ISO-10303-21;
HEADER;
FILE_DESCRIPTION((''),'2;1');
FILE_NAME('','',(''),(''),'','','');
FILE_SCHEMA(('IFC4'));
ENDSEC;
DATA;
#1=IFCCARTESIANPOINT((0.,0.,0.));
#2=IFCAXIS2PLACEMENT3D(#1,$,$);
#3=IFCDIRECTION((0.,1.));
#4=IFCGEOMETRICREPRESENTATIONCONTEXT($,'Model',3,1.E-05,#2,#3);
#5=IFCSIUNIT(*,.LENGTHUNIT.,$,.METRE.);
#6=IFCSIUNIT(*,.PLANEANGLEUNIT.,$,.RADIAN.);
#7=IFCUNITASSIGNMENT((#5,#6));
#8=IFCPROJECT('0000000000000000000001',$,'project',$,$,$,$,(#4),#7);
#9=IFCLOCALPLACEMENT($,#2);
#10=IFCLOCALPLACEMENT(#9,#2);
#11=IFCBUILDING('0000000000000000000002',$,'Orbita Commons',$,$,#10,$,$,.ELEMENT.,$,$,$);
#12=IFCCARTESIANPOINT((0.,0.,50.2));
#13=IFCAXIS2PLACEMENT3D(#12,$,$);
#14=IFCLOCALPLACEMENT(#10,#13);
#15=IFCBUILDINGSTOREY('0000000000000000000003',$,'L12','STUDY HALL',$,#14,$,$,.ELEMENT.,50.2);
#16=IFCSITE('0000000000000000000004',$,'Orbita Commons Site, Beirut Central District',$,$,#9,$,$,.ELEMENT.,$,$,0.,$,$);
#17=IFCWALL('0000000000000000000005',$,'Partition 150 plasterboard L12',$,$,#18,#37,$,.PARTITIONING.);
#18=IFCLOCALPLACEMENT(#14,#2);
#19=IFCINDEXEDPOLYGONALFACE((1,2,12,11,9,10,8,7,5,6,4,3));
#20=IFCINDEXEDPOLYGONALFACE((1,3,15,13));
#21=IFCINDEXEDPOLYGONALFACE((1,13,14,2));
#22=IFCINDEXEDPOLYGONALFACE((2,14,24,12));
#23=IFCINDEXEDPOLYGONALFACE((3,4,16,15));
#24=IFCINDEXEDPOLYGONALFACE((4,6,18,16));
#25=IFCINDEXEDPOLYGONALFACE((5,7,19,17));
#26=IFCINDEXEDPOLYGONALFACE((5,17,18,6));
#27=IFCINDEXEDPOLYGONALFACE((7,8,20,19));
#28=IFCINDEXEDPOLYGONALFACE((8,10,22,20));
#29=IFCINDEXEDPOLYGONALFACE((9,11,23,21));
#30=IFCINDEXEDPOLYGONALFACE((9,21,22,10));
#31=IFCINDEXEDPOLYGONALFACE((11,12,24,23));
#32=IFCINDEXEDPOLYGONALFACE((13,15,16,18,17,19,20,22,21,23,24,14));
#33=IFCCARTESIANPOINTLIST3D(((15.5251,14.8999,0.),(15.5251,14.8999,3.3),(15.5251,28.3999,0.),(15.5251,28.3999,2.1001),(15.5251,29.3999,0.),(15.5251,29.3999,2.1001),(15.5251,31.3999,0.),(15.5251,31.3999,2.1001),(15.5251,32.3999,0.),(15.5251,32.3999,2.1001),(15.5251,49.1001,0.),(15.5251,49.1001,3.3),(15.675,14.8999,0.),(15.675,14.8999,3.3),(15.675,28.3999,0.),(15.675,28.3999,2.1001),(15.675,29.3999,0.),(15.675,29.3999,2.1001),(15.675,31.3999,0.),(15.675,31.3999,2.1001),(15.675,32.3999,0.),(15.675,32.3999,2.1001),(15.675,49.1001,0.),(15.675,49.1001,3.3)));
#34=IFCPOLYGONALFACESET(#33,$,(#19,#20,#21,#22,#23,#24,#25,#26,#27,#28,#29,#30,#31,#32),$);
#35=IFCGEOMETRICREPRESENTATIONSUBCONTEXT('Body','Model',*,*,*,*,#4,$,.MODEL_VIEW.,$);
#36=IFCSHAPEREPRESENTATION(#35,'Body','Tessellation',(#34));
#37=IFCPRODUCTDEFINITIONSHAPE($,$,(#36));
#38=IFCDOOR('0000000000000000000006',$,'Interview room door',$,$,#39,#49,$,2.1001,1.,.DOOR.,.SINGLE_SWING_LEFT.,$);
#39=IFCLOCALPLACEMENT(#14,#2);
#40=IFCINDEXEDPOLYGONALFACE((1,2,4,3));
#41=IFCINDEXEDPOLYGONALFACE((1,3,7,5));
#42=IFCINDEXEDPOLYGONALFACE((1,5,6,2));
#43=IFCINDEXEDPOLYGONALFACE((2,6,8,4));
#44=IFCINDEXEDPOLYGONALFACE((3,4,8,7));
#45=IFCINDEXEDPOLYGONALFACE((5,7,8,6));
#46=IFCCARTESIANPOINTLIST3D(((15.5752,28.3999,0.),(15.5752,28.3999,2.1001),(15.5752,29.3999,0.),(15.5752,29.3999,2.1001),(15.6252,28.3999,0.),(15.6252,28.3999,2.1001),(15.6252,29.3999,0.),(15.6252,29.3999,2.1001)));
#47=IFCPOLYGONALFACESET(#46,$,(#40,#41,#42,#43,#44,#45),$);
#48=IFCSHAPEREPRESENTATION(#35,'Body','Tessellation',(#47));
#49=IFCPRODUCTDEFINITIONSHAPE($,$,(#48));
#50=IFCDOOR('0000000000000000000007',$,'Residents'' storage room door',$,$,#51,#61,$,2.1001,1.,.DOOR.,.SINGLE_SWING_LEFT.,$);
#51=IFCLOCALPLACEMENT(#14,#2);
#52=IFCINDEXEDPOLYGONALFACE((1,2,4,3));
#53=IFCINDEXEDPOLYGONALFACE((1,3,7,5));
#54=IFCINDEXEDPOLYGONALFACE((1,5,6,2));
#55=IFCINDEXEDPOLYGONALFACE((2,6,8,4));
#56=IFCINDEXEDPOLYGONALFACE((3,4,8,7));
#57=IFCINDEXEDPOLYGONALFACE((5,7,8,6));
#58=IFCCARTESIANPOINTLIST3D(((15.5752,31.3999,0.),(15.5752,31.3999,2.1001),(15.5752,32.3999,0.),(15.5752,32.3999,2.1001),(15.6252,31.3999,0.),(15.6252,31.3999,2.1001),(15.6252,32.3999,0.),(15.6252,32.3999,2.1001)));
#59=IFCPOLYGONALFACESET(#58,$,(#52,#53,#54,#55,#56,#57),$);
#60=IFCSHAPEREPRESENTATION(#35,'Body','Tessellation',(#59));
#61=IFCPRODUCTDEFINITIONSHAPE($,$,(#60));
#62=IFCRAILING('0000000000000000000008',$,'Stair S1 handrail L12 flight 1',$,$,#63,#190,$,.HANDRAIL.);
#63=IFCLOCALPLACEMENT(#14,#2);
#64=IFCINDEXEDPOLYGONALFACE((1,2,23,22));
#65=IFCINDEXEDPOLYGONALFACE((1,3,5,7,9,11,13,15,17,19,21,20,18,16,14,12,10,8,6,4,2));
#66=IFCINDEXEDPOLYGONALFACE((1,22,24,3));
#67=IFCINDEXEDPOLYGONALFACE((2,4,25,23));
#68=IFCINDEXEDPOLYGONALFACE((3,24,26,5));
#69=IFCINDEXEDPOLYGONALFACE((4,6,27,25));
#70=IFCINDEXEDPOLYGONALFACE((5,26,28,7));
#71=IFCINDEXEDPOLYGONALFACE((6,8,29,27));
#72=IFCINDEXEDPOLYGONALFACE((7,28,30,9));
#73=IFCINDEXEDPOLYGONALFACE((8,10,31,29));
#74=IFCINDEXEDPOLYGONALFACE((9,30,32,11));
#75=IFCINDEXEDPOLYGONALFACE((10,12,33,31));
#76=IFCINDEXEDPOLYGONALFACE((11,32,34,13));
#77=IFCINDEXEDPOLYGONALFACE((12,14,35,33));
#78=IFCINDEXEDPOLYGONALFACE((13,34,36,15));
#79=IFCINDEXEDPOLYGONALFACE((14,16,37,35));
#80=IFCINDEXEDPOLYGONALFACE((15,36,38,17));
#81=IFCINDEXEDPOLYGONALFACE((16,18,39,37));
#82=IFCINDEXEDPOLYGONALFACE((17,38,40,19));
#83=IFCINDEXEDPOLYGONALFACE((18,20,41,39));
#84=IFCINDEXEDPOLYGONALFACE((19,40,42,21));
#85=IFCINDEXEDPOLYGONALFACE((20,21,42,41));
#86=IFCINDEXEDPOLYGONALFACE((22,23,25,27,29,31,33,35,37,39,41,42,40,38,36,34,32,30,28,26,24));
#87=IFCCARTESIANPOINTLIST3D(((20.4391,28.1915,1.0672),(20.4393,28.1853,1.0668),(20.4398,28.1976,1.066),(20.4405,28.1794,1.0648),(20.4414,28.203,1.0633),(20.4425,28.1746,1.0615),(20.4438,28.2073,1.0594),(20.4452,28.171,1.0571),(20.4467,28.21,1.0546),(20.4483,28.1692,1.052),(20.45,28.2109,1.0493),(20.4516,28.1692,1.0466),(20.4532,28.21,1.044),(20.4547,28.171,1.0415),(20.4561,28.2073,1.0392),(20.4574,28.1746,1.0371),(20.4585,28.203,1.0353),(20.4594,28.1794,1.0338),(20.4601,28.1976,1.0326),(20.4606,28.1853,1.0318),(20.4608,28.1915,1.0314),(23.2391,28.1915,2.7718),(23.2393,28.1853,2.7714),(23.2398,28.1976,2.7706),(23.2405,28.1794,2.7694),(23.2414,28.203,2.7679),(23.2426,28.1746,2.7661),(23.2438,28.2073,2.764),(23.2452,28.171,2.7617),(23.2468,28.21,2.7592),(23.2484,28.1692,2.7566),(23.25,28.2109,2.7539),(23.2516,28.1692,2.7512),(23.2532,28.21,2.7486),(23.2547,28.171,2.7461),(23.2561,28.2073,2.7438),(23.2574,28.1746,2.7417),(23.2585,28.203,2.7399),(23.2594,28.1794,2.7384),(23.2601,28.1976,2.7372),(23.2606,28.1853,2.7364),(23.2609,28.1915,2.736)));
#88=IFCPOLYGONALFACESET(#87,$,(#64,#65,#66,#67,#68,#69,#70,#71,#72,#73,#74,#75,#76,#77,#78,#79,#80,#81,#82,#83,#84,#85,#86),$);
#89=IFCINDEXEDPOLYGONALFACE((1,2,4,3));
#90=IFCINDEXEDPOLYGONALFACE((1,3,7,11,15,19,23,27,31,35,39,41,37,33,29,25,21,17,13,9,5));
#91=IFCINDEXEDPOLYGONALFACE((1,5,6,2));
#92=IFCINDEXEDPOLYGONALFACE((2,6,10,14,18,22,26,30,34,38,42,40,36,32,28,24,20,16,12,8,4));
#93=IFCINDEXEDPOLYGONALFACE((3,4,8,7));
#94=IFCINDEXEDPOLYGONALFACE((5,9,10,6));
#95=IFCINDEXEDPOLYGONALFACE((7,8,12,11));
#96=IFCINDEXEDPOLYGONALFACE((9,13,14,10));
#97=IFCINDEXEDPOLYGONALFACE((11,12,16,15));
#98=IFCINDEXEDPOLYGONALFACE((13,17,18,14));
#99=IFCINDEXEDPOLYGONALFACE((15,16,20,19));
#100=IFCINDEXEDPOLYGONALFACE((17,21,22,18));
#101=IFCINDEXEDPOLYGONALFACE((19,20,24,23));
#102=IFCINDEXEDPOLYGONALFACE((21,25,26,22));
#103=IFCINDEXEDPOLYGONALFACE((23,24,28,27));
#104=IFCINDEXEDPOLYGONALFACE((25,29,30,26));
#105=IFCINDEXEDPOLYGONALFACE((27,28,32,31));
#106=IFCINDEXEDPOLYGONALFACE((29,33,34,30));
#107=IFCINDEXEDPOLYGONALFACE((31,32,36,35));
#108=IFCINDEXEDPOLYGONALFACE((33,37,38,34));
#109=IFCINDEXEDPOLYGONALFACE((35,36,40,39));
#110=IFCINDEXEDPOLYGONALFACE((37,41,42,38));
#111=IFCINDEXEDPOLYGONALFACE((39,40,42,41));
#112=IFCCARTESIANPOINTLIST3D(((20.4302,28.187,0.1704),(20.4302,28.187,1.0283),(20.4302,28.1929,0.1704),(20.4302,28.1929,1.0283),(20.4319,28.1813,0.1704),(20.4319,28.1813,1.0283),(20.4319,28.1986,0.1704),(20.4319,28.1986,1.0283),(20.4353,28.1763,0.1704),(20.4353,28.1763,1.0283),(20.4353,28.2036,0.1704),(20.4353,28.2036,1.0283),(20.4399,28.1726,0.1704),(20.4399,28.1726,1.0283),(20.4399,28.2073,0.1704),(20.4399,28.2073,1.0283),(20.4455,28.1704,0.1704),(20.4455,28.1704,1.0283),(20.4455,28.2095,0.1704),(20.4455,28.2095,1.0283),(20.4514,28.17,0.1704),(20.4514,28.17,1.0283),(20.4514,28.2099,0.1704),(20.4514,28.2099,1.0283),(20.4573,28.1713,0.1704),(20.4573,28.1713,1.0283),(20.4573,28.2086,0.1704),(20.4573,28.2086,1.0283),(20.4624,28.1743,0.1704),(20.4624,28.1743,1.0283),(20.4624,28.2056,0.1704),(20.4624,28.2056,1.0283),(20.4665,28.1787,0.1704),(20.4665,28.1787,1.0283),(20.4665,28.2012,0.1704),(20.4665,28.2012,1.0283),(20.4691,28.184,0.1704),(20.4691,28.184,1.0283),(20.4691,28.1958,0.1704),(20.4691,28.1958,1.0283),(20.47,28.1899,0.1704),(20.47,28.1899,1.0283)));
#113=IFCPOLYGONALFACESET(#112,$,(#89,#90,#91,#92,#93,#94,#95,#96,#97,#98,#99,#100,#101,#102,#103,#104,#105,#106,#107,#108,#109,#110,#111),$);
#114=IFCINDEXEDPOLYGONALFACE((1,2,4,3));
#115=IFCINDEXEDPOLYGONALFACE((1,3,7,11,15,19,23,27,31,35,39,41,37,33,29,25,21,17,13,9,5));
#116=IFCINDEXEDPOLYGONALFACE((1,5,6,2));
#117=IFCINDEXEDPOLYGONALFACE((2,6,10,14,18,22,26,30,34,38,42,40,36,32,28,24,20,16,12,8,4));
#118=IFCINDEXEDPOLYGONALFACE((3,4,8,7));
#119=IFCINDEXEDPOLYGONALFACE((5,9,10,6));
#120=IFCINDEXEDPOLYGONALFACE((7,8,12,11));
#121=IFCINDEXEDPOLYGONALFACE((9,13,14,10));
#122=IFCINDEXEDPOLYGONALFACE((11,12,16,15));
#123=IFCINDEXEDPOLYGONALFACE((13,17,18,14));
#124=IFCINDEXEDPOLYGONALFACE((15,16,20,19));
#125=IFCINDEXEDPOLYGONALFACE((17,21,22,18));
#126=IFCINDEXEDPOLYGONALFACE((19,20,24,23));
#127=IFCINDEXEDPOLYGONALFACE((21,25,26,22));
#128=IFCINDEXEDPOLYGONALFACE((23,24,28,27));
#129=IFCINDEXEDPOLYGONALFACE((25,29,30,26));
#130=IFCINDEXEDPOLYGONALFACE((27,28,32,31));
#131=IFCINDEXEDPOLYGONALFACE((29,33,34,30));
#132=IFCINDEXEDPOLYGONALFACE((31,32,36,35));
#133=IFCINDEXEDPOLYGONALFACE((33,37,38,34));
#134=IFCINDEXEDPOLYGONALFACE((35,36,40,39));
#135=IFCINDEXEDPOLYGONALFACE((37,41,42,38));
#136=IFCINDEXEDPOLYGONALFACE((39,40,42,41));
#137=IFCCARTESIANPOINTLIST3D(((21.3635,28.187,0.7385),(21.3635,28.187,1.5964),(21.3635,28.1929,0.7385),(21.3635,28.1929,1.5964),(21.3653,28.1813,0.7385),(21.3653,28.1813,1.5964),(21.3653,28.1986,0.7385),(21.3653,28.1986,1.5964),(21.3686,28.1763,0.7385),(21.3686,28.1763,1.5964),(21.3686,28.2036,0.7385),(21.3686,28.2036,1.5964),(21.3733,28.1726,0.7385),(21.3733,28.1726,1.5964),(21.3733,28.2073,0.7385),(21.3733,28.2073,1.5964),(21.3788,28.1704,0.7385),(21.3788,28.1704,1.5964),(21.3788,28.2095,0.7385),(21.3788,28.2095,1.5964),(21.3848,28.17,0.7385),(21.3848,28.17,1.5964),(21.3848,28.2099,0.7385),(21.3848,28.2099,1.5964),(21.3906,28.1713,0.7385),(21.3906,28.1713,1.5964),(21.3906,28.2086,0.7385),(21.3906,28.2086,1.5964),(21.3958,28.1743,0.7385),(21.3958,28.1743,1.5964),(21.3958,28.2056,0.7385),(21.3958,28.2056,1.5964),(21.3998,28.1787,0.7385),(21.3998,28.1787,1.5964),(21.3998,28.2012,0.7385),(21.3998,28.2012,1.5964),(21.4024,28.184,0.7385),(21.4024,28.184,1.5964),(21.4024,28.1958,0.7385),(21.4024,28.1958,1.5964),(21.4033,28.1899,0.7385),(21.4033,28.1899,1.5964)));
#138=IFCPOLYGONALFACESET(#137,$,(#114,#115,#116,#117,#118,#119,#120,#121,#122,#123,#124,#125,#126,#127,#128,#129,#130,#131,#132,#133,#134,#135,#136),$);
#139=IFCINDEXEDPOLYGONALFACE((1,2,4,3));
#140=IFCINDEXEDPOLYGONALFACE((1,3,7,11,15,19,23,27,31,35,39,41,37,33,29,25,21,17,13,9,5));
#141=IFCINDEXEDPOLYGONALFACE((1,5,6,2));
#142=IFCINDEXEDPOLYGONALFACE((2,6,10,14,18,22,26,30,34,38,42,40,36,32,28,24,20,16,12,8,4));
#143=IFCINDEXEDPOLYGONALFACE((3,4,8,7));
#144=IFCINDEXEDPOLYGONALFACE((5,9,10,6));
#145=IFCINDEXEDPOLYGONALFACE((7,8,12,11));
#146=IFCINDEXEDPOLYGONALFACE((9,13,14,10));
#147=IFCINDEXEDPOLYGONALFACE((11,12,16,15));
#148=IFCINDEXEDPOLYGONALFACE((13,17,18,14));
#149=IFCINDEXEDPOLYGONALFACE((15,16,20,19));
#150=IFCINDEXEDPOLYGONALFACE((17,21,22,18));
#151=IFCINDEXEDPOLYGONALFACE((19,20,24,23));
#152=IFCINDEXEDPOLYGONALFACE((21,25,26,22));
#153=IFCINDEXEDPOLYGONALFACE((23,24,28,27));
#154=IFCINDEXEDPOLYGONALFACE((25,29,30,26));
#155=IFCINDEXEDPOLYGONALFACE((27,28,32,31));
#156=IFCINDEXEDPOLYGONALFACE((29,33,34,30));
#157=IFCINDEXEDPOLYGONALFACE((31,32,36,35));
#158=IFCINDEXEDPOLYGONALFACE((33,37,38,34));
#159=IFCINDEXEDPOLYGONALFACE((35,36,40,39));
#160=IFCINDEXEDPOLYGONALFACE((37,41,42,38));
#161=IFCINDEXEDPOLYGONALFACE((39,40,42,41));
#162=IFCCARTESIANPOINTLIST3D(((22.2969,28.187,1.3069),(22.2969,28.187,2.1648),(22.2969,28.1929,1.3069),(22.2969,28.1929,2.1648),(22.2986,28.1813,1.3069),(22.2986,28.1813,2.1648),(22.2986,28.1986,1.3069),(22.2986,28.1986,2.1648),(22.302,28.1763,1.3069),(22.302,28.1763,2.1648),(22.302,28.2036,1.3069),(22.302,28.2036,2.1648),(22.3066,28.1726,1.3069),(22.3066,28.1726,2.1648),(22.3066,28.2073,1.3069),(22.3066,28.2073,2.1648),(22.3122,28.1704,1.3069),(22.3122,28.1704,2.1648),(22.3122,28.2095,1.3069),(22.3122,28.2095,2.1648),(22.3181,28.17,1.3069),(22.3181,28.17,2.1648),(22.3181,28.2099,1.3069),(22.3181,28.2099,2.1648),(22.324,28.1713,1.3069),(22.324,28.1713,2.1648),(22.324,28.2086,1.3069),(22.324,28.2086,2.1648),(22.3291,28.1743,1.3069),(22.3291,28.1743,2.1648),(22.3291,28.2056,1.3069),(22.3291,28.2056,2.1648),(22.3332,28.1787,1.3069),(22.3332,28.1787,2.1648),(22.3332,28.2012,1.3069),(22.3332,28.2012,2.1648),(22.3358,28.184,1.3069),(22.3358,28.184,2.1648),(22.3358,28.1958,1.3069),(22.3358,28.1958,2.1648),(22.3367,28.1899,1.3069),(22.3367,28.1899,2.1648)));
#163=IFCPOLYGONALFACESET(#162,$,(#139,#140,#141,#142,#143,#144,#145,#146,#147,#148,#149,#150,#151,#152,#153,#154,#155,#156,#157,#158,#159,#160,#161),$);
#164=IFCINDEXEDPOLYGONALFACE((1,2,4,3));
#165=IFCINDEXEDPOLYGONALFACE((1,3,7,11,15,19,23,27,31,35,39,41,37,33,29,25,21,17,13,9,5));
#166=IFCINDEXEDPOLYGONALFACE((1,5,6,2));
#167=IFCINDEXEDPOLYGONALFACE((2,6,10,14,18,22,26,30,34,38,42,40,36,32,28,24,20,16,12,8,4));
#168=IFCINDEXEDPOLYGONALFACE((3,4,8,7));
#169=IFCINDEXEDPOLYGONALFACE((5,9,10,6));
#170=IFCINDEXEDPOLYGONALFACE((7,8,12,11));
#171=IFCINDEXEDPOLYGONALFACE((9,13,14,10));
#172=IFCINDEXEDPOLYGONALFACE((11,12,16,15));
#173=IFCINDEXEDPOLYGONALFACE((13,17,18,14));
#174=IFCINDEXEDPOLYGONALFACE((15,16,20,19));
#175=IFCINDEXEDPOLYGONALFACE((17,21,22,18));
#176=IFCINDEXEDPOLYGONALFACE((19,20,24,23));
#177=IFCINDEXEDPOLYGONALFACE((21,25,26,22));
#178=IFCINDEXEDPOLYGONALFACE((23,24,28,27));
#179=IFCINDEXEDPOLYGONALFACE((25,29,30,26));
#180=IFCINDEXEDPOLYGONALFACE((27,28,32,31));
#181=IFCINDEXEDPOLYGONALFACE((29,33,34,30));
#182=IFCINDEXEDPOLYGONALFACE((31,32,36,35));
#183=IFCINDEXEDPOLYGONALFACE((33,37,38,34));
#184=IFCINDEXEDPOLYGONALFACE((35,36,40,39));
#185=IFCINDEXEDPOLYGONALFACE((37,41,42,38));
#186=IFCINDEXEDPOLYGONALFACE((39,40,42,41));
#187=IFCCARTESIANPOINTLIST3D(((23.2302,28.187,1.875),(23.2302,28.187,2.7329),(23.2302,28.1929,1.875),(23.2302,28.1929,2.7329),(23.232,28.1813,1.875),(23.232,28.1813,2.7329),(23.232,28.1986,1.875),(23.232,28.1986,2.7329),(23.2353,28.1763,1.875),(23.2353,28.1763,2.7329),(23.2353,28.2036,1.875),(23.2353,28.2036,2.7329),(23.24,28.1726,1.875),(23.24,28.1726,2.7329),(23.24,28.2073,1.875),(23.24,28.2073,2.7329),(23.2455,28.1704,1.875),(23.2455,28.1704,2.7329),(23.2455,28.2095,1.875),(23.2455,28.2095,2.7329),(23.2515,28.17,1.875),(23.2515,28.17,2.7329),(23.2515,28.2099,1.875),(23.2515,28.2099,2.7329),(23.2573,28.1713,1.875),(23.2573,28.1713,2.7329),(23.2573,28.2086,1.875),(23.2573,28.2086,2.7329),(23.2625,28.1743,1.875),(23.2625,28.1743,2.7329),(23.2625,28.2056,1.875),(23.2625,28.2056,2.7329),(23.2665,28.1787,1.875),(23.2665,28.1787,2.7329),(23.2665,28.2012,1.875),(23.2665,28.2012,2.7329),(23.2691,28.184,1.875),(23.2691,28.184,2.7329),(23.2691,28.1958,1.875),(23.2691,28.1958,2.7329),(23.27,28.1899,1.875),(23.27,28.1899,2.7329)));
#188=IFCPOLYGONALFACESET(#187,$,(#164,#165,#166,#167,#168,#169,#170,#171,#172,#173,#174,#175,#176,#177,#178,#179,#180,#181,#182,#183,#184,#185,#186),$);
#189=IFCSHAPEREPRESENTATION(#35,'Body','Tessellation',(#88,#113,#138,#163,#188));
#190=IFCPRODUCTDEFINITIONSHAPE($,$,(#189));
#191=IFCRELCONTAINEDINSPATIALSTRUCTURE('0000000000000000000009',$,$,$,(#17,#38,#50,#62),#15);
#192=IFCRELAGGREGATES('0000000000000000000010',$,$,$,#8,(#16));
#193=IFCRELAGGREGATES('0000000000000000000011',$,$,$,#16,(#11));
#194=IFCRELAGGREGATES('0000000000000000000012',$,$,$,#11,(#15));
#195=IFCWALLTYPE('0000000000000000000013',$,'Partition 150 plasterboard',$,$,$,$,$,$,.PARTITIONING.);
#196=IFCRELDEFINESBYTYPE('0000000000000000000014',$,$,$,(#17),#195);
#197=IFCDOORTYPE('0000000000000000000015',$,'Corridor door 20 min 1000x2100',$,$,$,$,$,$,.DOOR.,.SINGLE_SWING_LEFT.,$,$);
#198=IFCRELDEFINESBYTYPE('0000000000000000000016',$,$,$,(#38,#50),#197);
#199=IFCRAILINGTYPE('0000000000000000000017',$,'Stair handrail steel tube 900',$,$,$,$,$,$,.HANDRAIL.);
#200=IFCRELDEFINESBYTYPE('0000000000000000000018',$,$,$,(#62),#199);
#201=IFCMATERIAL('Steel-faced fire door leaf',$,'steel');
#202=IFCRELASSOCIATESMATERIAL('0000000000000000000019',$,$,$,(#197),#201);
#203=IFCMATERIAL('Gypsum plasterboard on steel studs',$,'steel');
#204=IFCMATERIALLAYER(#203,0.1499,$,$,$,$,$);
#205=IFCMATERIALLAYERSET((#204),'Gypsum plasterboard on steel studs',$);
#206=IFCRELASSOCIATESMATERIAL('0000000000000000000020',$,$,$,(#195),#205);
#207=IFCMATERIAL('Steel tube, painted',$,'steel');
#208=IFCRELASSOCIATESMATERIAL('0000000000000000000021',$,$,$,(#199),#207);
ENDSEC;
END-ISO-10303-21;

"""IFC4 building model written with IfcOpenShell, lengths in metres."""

from ifc_helpers import new_model, si_unit, direction, frame, frame_2d, origin, origin_2d, place, context, subcontext, project, spatial, rectangle, circle, extrude, material, layer, layer_set, type_object, element, fill, save


model = new_model("IFC4")

# Units and contexts
model_context = context("Model", 3, precision=1e-05, world=origin(), true_north=direction((0.0, 1.0)))
body_context = subcontext(model_context, "Body", "Model", "MODEL_VIEW")
ifc_project = project(units=[si_unit("LENGTHUNIT", "METRE"), si_unit("PLANEANGLEUNIT", "RADIAN")], contexts=[model_context])

# Site, building, storey
site_placement = place(None, origin())
site = spatial("IfcSite", under=ifc_project, at=site_placement, Name="Orbita Commons Site, Beirut Central District", CompositionType="ELEMENT", RefElevation=0.0)
building_placement = place(site_placement, origin())
building = spatial("IfcBuilding", under=site, at=building_placement, Name="Orbita Commons", CompositionType="ELEMENT")
storey_placement = place(building_placement, frame((0.0, 0.0, 50.2)))
storey = spatial("IfcBuildingStorey", under=building, at=storey_placement, Name="L12", Description="STUDY HALL", CompositionType="ELEMENT", Elevation=50.2)

# Shared definitions
ifc_material_1 = material(Name="Steel-faced fire door leaf", Category="steel")
door_type_1 = type_object("IfcDoorType", Name="Corridor door 20 min 1000x2100", OperationType="SINGLE_SWING_LEFT", PredefinedType="DOOR", material=ifc_material_1)

# Wall, openings, doors
ifc_material_2 = material(Name="Gypsum plasterboard on steel studs", Category="steel")
ifc_layer_1 = layer(ifc_material_2, 0.1499)
ifc_layer_set_1 = layer_set([ifc_layer_1], Name="Gypsum plasterboard on steel studs")
wall_type_1 = type_object("IfcWallType", Name="Partition 150 plasterboard", PredefinedType="PARTITIONING", material=ifc_layer_set_1)
wall_1_placement = place(storey_placement, frame((15.6001, 14.8999, 0.0), z_axis=(0.0, 0.0, 1.0), x_axis=(0.0, 1.0, 0.0)))
wall_1 = element("IfcWall", 1, at=wall_1_placement, inside=storey, type_object=wall_type_1, Name="Partition 150 plasterboard L12", PredefinedType="PARTITIONING", context=body_context, shape_type="SweptSolid", body=[
    extrude(rectangle(XDim=34.2002, YDim=0.1499, at=frame_2d((17.1001, 0.0))), origin(), (0.0, 0.0, 1.0), 3.3),
])
opening_1_placement = place(wall_1_placement, frame((13.5, 0.0, 0.0)))
opening_1 = element("IfcOpeningElement", 2, at=opening_1_placement, cuts=wall_1, PredefinedType="OPENING", context=body_context, shape_type="SweptSolid", body=[
    extrude(rectangle(XDim=1.0, YDim=2.1001, at=frame_2d((0.5, 1.05))), frame((0.0, 0.085, 0.0), z_axis=(0.0, -1.0, 0.0), x_axis=(1.0, 0.0, 0.0)), (0.0, 0.0, 1.0), 0.1699),
])
opening_2_placement = place(wall_1_placement, frame((16.5, 0.0, 0.0)))
opening_2 = element("IfcOpeningElement", 3, at=opening_2_placement, cuts=wall_1, PredefinedType="OPENING", context=body_context, shape_type="SweptSolid", body=[
    extrude(rectangle(XDim=1.0, YDim=2.1001, at=frame_2d((0.5, 1.05))), frame((0.0, 0.085, 0.0), z_axis=(0.0, -1.0, 0.0), x_axis=(1.0, 0.0, 0.0)), (0.0, 0.0, 1.0), 0.1699),
])
door_1_placement = place(opening_1_placement, origin())
door_1 = element("IfcDoor", 4, at=door_1_placement, inside=storey, type_object=door_type_1, Name="Interview room door", OperationType="SINGLE_SWING_LEFT", OverallHeight=2.1001, OverallWidth=1.0, PredefinedType="DOOR", context=body_context, shape_type="SweptSolid", body=[
    extrude(rectangle(XDim=1.0, YDim=2.1001, at=frame_2d((0.5, 1.05))), frame((0.0, 0.0249, 0.0), z_axis=(0.0, -1.0, 0.0), x_axis=(1.0, 0.0, 0.0)), (0.0, 0.0, 1.0), 0.05),
])
fill(opening_1, door_1)
door_2_placement = place(opening_2_placement, origin())
door_2 = element("IfcDoor", 5, at=door_2_placement, inside=storey, type_object=door_type_1, Name="Residents' storage room door", OperationType="SINGLE_SWING_LEFT", OverallHeight=2.1001, OverallWidth=1.0, PredefinedType="DOOR", context=body_context, shape_type="SweptSolid", body=[
    extrude(rectangle(XDim=1.0, YDim=2.1001, at=frame_2d((0.5, 1.05))), frame((0.0, 0.0249, 0.0), z_axis=(0.0, -1.0, 0.0), x_axis=(1.0, 0.0, 0.0)), (0.0, 0.0, 1.0), 0.05),
])
fill(opening_2, door_2)

# Railing
ifc_material_3 = material(Name="Steel tube, painted", Category="steel")
railing_type = type_object("IfcRailingType", Name="Stair handrail steel tube 900", PredefinedType="HANDRAIL", material=ifc_material_3)
for number, where, name in (
    (6, (20.45, 28.1899, 0.1704), "Stair S1 handrail L12 flight 1"),
):
    element("IfcRailing", number, at=place(storey_placement, frame(where)), inside=storey, type_object=railing_type, Name=name, PredefinedType="HANDRAIL", context=body_context, shape_type="SweptSolid", body=[
        extrude(circle(Radius=0.021, at=origin_2d()), frame((0.0, 0.0, 0.8789), z_axis=(0.85417, 0.0, 0.519994), x_axis=(0.0, 1.0, 0.0)), (0.0, 0.0, 1.0), 3.2781),
        extrude(circle(Radius=0.02, at=origin_2d()), origin(), (0.0, 0.0, 1.0), 0.8579),
        extrude(circle(Radius=0.02, at=origin_2d()), frame((0.9333, 0.0, 0.5681)), (0.0, 0.0, 1.0), 0.8579),
        extrude(circle(Radius=0.02, at=origin_2d()), frame((1.8667, 0.0, 1.1365)), (0.0, 0.0, 1.0), 0.8579),
        extrude(circle(Radius=0.02, at=origin_2d()), frame((2.8, 0.0, 1.7046)), (0.0, 0.0, 1.0), 0.8579),
    ])

save(model, "model.ifc")
